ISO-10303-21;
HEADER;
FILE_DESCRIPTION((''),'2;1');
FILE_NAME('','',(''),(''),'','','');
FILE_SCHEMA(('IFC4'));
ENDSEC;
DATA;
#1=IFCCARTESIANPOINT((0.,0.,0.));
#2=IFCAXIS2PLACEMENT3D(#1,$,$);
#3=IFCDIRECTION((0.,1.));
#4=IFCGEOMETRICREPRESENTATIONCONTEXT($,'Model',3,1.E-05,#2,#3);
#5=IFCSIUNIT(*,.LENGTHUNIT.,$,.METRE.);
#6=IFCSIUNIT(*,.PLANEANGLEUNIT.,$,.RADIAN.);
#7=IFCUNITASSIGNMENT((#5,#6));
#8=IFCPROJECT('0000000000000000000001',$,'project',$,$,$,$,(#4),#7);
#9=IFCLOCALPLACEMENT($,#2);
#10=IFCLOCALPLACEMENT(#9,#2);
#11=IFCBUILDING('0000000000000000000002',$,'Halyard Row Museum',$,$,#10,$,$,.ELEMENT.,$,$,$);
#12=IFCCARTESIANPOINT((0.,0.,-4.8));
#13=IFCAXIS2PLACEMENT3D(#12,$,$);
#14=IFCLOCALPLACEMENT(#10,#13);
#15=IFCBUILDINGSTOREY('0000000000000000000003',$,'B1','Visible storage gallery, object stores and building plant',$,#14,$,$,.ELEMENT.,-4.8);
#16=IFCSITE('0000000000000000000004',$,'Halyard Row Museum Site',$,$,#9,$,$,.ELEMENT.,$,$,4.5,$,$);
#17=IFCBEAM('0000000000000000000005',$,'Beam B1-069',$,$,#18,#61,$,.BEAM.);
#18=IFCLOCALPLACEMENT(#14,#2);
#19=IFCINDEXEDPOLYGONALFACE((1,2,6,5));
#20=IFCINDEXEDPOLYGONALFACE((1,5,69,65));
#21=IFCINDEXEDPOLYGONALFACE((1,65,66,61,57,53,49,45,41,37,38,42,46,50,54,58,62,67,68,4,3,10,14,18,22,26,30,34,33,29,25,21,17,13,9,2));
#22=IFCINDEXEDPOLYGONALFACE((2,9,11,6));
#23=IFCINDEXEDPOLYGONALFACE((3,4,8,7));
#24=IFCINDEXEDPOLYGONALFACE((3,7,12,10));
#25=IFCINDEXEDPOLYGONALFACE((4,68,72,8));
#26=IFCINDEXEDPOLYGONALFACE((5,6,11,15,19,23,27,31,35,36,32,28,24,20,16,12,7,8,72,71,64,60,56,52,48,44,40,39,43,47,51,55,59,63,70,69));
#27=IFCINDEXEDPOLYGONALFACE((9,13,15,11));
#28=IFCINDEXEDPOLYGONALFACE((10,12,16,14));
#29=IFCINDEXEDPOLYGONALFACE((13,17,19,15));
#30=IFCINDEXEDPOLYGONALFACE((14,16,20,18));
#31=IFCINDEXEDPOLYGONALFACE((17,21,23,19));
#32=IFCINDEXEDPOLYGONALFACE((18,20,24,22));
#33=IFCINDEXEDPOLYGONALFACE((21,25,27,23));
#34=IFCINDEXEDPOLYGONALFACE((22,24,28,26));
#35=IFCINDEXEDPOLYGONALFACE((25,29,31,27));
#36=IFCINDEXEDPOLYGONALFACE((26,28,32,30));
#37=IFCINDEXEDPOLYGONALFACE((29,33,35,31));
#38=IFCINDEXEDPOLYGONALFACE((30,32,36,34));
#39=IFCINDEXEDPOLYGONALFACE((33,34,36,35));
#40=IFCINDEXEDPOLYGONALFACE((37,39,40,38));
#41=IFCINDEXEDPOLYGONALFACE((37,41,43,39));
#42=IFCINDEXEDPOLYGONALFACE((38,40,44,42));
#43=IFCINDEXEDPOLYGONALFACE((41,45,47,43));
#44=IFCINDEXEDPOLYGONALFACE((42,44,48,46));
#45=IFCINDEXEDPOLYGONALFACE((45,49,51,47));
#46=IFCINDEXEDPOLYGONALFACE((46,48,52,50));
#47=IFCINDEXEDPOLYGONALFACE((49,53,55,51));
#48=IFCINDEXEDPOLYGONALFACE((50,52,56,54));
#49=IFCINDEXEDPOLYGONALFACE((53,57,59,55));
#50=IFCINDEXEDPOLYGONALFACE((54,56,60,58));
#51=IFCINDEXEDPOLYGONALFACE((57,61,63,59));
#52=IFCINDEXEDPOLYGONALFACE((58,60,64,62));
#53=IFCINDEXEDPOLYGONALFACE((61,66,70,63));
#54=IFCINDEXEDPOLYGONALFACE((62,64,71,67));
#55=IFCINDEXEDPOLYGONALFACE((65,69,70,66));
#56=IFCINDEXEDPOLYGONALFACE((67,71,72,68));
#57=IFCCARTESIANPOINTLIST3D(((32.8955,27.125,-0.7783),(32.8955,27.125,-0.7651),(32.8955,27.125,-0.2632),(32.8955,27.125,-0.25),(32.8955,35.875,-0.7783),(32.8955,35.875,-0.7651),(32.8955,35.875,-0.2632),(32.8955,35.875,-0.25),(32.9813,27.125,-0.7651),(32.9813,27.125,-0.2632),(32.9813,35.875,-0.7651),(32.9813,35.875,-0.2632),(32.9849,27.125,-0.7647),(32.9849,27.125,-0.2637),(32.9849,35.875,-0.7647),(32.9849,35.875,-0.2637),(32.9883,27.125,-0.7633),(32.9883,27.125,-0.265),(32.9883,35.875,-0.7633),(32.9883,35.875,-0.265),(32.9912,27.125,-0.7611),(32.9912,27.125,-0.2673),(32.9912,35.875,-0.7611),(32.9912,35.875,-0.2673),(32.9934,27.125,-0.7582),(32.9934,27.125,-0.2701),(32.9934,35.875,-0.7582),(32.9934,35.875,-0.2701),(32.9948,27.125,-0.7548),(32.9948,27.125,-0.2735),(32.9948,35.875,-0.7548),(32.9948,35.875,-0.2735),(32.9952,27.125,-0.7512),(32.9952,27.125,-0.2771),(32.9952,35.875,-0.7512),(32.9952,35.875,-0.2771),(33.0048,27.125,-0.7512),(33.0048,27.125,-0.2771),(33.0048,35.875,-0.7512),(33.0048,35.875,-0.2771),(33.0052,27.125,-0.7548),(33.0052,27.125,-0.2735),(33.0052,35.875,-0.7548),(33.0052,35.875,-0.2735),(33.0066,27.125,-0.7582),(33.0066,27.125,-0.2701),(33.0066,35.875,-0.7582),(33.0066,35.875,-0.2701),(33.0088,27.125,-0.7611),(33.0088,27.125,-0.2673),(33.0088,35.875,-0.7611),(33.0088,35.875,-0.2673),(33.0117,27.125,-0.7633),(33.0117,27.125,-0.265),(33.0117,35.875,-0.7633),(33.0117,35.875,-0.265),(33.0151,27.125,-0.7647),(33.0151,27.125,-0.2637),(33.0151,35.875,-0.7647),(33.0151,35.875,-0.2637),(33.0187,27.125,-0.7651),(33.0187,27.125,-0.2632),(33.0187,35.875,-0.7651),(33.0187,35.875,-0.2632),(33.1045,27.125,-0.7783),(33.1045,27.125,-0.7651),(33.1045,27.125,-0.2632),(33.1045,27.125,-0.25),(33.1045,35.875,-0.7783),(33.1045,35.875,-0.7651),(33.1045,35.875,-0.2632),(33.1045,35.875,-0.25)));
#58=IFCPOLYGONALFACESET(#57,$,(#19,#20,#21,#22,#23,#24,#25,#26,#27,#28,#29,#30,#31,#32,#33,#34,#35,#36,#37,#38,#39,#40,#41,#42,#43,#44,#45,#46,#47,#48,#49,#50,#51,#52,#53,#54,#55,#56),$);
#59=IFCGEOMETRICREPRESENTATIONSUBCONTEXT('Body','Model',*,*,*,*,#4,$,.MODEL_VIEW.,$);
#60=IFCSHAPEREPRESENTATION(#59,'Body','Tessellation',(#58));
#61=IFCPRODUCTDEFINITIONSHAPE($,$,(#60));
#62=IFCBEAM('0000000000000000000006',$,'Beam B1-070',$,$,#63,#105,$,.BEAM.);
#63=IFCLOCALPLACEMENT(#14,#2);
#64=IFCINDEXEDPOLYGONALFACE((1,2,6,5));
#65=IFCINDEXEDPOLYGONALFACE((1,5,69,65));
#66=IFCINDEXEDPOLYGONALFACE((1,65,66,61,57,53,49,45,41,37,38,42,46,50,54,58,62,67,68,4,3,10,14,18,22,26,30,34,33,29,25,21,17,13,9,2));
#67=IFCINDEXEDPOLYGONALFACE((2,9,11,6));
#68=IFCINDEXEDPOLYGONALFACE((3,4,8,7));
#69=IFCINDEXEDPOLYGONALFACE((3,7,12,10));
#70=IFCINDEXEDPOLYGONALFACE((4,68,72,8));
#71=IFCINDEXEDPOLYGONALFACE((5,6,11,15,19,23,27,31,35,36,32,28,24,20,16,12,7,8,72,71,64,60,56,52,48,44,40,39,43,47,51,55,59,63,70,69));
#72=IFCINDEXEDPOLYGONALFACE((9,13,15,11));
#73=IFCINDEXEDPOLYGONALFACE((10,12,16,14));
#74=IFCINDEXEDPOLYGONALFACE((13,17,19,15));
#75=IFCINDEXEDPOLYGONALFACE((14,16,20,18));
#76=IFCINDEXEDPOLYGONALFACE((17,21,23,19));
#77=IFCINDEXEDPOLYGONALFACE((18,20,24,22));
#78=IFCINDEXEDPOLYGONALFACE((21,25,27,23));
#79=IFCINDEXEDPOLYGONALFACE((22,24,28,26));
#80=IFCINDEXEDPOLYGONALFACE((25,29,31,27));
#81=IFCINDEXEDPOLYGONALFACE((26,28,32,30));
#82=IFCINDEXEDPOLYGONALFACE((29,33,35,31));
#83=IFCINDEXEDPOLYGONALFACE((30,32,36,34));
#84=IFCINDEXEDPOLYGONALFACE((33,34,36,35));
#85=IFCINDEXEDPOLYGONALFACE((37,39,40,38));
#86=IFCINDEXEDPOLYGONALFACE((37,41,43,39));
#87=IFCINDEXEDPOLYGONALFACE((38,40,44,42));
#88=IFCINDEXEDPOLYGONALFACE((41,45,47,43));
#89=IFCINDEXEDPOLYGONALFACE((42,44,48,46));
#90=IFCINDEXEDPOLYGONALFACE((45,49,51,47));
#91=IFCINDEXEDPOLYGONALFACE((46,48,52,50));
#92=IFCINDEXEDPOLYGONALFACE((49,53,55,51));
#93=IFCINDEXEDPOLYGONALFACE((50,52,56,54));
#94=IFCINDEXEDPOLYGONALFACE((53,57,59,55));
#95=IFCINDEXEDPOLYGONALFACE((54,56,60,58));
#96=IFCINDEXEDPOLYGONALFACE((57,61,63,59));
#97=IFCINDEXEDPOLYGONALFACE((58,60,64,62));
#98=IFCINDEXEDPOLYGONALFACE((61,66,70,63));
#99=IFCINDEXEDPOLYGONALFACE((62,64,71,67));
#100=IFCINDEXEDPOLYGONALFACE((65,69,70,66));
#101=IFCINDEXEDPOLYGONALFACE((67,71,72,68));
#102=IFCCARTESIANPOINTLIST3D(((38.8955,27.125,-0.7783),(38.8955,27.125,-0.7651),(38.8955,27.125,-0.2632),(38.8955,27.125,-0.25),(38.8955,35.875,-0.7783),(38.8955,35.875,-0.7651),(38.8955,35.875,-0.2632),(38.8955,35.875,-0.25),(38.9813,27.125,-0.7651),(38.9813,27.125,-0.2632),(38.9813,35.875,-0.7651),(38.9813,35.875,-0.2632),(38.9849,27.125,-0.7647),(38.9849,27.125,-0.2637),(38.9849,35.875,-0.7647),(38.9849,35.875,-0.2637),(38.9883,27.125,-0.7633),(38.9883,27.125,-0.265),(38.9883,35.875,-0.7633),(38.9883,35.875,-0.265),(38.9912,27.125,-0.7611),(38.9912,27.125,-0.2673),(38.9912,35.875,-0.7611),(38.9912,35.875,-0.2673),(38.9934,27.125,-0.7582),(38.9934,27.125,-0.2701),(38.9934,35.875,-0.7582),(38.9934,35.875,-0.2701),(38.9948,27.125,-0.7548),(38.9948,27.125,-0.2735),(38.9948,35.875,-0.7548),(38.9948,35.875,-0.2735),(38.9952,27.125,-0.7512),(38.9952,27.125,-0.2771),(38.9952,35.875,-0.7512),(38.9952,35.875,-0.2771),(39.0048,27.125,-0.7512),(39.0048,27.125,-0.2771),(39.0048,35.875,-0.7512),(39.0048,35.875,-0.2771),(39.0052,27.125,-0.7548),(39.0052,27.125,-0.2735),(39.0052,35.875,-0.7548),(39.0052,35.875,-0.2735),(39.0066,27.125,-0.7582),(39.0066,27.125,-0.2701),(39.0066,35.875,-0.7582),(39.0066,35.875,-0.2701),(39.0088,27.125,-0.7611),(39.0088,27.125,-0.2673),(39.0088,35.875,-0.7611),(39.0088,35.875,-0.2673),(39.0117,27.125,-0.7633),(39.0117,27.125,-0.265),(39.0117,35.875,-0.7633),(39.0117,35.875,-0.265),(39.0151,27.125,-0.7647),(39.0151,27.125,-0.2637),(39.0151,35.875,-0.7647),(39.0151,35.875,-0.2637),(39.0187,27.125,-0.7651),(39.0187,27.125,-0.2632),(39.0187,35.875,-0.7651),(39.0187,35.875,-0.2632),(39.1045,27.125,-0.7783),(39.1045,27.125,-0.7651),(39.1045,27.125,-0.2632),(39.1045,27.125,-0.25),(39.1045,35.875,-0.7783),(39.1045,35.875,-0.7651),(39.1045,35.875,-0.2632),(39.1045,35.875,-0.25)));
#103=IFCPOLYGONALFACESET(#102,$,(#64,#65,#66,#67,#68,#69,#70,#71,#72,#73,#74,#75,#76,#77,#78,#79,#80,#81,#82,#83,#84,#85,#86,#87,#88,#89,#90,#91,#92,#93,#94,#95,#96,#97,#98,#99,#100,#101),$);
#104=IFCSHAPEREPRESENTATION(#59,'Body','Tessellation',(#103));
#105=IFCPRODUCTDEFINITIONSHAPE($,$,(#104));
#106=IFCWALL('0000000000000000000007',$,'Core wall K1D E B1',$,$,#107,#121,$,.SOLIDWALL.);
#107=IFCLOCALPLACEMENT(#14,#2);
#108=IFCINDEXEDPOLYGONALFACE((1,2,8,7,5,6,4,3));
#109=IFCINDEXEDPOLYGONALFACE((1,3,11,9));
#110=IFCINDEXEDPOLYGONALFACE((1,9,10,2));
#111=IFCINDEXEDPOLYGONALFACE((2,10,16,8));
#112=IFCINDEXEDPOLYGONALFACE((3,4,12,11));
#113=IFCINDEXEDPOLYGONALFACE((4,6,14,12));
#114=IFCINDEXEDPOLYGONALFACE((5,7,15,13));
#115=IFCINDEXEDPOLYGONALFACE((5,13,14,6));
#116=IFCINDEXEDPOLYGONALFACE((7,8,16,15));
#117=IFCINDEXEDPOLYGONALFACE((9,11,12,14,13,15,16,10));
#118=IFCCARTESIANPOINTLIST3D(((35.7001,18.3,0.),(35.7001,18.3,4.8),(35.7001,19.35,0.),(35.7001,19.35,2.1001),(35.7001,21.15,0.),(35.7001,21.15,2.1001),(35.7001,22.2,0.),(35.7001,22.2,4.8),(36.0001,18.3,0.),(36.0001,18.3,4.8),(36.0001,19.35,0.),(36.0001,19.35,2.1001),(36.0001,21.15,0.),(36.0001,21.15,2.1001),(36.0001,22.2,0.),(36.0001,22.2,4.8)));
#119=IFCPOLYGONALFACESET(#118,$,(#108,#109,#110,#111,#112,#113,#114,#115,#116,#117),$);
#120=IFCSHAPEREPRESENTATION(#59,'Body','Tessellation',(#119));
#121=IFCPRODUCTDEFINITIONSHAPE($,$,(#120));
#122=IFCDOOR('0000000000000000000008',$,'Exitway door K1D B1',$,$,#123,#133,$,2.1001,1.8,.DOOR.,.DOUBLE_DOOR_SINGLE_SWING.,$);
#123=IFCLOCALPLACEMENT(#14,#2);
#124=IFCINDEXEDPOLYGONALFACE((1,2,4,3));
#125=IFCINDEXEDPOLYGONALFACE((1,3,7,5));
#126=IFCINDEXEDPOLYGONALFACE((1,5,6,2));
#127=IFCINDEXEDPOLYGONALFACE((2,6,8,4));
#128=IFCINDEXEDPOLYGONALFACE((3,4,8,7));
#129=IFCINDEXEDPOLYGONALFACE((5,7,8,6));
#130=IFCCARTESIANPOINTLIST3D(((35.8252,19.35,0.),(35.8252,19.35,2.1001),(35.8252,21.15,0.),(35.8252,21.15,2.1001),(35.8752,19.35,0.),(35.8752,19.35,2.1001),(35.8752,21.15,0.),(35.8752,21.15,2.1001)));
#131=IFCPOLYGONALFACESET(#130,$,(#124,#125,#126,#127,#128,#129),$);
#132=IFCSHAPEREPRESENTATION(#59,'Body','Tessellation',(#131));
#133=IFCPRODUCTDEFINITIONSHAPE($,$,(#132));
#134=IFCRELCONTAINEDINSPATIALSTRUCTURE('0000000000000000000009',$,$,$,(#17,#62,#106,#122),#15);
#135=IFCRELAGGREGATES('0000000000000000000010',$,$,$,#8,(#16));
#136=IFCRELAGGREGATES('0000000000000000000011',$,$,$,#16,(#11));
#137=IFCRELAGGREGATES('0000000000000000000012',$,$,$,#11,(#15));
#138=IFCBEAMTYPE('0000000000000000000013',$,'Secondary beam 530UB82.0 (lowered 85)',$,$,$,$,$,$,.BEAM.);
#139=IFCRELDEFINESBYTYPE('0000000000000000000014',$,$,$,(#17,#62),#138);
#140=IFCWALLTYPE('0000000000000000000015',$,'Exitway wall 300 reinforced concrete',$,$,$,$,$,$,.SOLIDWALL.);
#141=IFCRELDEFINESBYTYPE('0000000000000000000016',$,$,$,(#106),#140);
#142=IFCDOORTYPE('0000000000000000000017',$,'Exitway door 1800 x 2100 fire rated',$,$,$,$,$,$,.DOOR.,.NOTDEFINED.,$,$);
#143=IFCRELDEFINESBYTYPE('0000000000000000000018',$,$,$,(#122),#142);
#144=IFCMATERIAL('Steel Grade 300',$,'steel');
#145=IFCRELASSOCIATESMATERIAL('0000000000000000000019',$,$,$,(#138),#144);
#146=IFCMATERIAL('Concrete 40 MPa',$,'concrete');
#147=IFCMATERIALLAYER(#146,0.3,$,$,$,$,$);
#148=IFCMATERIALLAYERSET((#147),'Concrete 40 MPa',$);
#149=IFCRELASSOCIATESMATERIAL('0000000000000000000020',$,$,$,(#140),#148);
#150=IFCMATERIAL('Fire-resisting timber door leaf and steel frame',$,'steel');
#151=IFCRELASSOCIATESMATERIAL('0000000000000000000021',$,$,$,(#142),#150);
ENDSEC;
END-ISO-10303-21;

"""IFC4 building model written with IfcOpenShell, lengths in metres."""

from ifc_helpers import new_model, si_unit, direction, frame, frame_2d, origin, origin_2d, place, context, subcontext, project, spatial, rectangle, i_section, extrude, material, layer, layer_set, material_profile, profile_set, type_object, element, fill, save


model = new_model("IFC4")

# Units and contexts
model_context = context("Model", 3, precision=1e-05, world=origin(), true_north=direction((0.0, 1.0)))
body_context = subcontext(model_context, "Body", "Model", "MODEL_VIEW")
ifc_project = project(units=[si_unit("LENGTHUNIT", "METRE"), si_unit("PLANEANGLEUNIT", "RADIAN")], contexts=[model_context])

# Site, building, storey
site_placement = place(None, origin())
site = spatial("IfcSite", under=ifc_project, at=site_placement, Name="Halyard Row Museum Site", CompositionType="ELEMENT", RefElevation=4.5)
building_placement = place(site_placement, origin())
building = spatial("IfcBuilding", under=site, at=building_placement, Name="Halyard Row Museum", CompositionType="ELEMENT")
storey_placement = place(building_placement, frame((0.0, 0.0, -4.8)))
storey = spatial("IfcBuildingStorey", under=building, at=storey_placement, Name="B1", Description="Visible storage gallery, object stores and building plant", CompositionType="ELEMENT", Elevation=-4.8)

# Beams
ifc_material_1 = material(Name="Steel Grade 300", Category="steel")
ifc_material_profile_1 = material_profile(ifc_material_1, i_section(OverallWidth=0.209, OverallDepth=0.5283, WebThickness=0.0095, FlangeThickness=0.0132, FilletRadius=0.0139, at=origin_2d()), Name="530UB82.0")
ifc_profile_set_1 = profile_set([ifc_material_profile_1], Name="Steel Grade 300")
beam_type_1 = type_object("IfcBeamType", Name="Secondary beam 530UB82.0 (lowered 85)", PredefinedType="BEAM", material=ifc_profile_set_1)
for number, where, z_axis, x_axis, name in (
    (1, (33.0, 27.125, -0.5142), (0.0, 1.0, 0.0), (-1.0, 0.0, 0.0), "Beam B1-069"),
    (2, (39.0, 27.125, -0.5142), (0.0, 1.0, 0.0), (-1.0, 0.0, 0.0), "Beam B1-070"),
):
    element("IfcBeam", number, at=place(storey_placement, frame(where, z_axis=z_axis, x_axis=x_axis)), inside=storey, type_object=beam_type_1, Name=name, PredefinedType="BEAM", context=body_context, shape_type="SweptSolid", body=[
        extrude(i_section(OverallWidth=0.209, OverallDepth=0.5283, WebThickness=0.0095, FlangeThickness=0.0132, FilletRadius=0.0139, at=origin_2d()), origin(), (0.0, 0.0, 1.0), 8.75),
    ])

# Wall, opening, door
ifc_material_2 = material(Name="Concrete 40 MPa", Category="concrete")
ifc_layer = layer(ifc_material_2, 0.3)
ifc_layer_set = layer_set([ifc_layer], Name="Concrete 40 MPa")
wall_type = type_object("IfcWallType", Name="Exitway wall 300 reinforced concrete", PredefinedType="SOLIDWALL", material=ifc_layer_set)
wall_placement = place(storey_placement, frame((35.8501, 18.3, 0.0), z_axis=(0.0, 0.0, 1.0), x_axis=(0.0, 1.0, 0.0)))
wall = element("IfcWall", 3, at=wall_placement, inside=storey, type_object=wall_type, Name="Core wall K1D E B1", PredefinedType="SOLIDWALL", context=body_context, shape_type="SweptSolid", body=[
    extrude(rectangle(XDim=3.8999, YDim=0.3, at=frame_2d((1.95, 0.0))), origin(), (0.0, 0.0, 1.0), 4.8),
])
opening_placement = place(wall_placement, frame((1.05, 0.0, 0.0)))
opening = element("IfcOpeningElement", 4, at=opening_placement, cuts=wall, PredefinedType="OPENING", context=body_context, shape_type="SweptSolid", body=[
    extrude(rectangle(XDim=1.8, YDim=2.1001, at=frame_2d((0.8999, 1.05))), frame((0.0, 0.1599, 0.0), z_axis=(0.0, -1.0, 0.0), x_axis=(1.0, 0.0, 0.0)), (0.0, 0.0, 1.0), 0.3201),
])
ifc_material_3 = material(Name="Fire-resisting timber door leaf and steel frame", Category="steel")
door_type = type_object("IfcDoorType", Name="Exitway door 1800 x 2100 fire rated", OperationType="NOTDEFINED", PredefinedType="DOOR", material=ifc_material_3)
door_placement = place(opening_placement, origin())
door = element("IfcDoor", 5, at=door_placement, inside=storey, type_object=door_type, Name="Exitway door K1D B1", OperationType="DOUBLE_DOOR_SINGLE_SWING", OverallHeight=2.1001, OverallWidth=1.8, PredefinedType="DOOR", context=body_context, shape_type="SweptSolid", body=[
    extrude(rectangle(XDim=1.8, YDim=2.1001, at=frame_2d((0.8999, 1.05))), frame((0.0, 0.0249, 0.0), z_axis=(0.0, -1.0, 0.0), x_axis=(1.0, 0.0, 0.0)), (0.0, 0.0, 1.0), 0.05),
])
fill(opening, door)

save(model, "model.ifc")
